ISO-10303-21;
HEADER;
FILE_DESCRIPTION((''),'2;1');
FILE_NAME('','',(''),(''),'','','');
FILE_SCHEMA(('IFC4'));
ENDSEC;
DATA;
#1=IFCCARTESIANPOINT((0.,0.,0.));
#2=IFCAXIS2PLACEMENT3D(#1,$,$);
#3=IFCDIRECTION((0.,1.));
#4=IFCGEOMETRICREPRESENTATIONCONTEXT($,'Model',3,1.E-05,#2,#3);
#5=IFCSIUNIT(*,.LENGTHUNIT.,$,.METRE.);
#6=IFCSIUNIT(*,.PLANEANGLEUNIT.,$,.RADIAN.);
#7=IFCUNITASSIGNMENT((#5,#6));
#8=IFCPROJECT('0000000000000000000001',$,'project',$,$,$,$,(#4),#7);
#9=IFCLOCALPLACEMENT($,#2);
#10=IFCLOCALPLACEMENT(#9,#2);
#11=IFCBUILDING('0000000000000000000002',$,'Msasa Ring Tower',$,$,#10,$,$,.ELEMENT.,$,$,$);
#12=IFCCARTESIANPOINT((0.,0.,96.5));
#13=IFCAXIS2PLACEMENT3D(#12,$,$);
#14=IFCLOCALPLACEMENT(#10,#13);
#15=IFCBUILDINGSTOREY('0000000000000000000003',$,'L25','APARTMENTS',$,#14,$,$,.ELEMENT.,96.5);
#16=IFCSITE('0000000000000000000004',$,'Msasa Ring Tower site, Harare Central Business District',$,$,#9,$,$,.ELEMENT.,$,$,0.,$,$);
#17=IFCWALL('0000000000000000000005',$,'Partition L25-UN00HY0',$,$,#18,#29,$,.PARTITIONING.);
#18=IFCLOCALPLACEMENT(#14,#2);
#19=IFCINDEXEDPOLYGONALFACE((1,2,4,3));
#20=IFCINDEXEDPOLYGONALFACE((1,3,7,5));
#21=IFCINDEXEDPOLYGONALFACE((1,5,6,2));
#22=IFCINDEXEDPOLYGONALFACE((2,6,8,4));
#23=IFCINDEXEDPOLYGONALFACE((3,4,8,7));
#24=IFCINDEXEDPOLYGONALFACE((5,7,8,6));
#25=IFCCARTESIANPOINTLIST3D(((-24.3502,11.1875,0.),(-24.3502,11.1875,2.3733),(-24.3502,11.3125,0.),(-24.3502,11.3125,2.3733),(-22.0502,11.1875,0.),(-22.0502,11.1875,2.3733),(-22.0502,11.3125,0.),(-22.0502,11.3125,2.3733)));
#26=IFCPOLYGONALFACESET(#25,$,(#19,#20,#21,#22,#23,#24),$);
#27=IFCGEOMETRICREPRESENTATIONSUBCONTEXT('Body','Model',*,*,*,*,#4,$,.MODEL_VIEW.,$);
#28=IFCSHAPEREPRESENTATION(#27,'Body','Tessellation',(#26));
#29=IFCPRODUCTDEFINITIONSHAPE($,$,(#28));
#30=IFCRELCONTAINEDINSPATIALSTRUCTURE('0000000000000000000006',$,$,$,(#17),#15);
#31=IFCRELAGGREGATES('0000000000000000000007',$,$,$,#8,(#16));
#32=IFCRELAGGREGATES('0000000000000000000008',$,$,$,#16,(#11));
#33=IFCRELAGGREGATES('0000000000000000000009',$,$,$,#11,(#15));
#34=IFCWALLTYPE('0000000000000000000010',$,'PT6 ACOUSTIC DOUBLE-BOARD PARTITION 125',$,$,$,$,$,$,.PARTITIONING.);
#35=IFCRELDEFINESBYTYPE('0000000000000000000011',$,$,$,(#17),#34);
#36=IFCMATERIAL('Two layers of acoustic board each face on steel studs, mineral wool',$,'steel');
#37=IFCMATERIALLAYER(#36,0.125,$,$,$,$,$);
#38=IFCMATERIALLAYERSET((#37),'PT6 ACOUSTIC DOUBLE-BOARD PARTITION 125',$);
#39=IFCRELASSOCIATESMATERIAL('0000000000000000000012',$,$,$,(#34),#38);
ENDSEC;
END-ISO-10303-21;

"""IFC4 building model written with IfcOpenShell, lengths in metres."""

from ifc_helpers import new_model, si_unit, direction, frame, frame_2d, origin, place, context, subcontext, project, spatial, rectangle, extrude, material, layer, layer_set, type_object, element, save


model = new_model("IFC4")

# Units and contexts
model_context = context("Model", 3, precision=1e-05, world=origin(), true_north=direction((0.0, 1.0)))
body_context = subcontext(model_context, "Body", "Model", "MODEL_VIEW")
ifc_project = project(units=[si_unit("LENGTHUNIT", "METRE"), si_unit("PLANEANGLEUNIT", "RADIAN")], contexts=[model_context])

# Site, building, storey
site_placement = place(None, origin())
site = spatial("IfcSite", under=ifc_project, at=site_placement, Name="Msasa Ring Tower site, Harare Central Business District", CompositionType="ELEMENT", RefElevation=0.0)
building_placement = place(site_placement, origin())
building = spatial("IfcBuilding", under=site, at=building_placement, Name="Msasa Ring Tower", CompositionType="ELEMENT")
storey_placement = place(building_placement, frame((0.0, 0.0, 96.5)))
storey = spatial("IfcBuildingStorey", under=building, at=storey_placement, Name="L25", Description="APARTMENTS", CompositionType="ELEMENT", Elevation=96.5)

# Wall
ifc_material_1 = material(Name="Two layers of acoustic board each face on steel studs, mineral wool", Category="steel")
ifc_layer_1 = layer(ifc_material_1, 0.125)
ifc_layer_set_1 = layer_set([ifc_layer_1], Name="PT6 ACOUSTIC DOUBLE-BOARD PARTITION 125")
wall_type_1 = type_object("IfcWallType", Name="PT6 ACOUSTIC DOUBLE-BOARD PARTITION 125", PredefinedType="PARTITIONING", material=ifc_layer_set_1)
wall_1_placement = place(storey_placement, frame((-24.3501, 11.25, 0.0), z_axis=(0.0, 0.0, 1.0), x_axis=(1.0, 0.0, 0.0)))
element("IfcWall", 1, at=wall_1_placement, inside=storey, type_object=wall_type_1, Name="Partition L25-UN00HY0", PredefinedType="PARTITIONING", context=body_context, shape_type="SweptSolid", body=[
    extrude(rectangle(XDim=2.3, YDim=0.125, at=frame_2d((1.1499, 0.0))), origin(), (0.0, 0.0, 1.0), 2.3733),
])

save(model, "model.ifc")
